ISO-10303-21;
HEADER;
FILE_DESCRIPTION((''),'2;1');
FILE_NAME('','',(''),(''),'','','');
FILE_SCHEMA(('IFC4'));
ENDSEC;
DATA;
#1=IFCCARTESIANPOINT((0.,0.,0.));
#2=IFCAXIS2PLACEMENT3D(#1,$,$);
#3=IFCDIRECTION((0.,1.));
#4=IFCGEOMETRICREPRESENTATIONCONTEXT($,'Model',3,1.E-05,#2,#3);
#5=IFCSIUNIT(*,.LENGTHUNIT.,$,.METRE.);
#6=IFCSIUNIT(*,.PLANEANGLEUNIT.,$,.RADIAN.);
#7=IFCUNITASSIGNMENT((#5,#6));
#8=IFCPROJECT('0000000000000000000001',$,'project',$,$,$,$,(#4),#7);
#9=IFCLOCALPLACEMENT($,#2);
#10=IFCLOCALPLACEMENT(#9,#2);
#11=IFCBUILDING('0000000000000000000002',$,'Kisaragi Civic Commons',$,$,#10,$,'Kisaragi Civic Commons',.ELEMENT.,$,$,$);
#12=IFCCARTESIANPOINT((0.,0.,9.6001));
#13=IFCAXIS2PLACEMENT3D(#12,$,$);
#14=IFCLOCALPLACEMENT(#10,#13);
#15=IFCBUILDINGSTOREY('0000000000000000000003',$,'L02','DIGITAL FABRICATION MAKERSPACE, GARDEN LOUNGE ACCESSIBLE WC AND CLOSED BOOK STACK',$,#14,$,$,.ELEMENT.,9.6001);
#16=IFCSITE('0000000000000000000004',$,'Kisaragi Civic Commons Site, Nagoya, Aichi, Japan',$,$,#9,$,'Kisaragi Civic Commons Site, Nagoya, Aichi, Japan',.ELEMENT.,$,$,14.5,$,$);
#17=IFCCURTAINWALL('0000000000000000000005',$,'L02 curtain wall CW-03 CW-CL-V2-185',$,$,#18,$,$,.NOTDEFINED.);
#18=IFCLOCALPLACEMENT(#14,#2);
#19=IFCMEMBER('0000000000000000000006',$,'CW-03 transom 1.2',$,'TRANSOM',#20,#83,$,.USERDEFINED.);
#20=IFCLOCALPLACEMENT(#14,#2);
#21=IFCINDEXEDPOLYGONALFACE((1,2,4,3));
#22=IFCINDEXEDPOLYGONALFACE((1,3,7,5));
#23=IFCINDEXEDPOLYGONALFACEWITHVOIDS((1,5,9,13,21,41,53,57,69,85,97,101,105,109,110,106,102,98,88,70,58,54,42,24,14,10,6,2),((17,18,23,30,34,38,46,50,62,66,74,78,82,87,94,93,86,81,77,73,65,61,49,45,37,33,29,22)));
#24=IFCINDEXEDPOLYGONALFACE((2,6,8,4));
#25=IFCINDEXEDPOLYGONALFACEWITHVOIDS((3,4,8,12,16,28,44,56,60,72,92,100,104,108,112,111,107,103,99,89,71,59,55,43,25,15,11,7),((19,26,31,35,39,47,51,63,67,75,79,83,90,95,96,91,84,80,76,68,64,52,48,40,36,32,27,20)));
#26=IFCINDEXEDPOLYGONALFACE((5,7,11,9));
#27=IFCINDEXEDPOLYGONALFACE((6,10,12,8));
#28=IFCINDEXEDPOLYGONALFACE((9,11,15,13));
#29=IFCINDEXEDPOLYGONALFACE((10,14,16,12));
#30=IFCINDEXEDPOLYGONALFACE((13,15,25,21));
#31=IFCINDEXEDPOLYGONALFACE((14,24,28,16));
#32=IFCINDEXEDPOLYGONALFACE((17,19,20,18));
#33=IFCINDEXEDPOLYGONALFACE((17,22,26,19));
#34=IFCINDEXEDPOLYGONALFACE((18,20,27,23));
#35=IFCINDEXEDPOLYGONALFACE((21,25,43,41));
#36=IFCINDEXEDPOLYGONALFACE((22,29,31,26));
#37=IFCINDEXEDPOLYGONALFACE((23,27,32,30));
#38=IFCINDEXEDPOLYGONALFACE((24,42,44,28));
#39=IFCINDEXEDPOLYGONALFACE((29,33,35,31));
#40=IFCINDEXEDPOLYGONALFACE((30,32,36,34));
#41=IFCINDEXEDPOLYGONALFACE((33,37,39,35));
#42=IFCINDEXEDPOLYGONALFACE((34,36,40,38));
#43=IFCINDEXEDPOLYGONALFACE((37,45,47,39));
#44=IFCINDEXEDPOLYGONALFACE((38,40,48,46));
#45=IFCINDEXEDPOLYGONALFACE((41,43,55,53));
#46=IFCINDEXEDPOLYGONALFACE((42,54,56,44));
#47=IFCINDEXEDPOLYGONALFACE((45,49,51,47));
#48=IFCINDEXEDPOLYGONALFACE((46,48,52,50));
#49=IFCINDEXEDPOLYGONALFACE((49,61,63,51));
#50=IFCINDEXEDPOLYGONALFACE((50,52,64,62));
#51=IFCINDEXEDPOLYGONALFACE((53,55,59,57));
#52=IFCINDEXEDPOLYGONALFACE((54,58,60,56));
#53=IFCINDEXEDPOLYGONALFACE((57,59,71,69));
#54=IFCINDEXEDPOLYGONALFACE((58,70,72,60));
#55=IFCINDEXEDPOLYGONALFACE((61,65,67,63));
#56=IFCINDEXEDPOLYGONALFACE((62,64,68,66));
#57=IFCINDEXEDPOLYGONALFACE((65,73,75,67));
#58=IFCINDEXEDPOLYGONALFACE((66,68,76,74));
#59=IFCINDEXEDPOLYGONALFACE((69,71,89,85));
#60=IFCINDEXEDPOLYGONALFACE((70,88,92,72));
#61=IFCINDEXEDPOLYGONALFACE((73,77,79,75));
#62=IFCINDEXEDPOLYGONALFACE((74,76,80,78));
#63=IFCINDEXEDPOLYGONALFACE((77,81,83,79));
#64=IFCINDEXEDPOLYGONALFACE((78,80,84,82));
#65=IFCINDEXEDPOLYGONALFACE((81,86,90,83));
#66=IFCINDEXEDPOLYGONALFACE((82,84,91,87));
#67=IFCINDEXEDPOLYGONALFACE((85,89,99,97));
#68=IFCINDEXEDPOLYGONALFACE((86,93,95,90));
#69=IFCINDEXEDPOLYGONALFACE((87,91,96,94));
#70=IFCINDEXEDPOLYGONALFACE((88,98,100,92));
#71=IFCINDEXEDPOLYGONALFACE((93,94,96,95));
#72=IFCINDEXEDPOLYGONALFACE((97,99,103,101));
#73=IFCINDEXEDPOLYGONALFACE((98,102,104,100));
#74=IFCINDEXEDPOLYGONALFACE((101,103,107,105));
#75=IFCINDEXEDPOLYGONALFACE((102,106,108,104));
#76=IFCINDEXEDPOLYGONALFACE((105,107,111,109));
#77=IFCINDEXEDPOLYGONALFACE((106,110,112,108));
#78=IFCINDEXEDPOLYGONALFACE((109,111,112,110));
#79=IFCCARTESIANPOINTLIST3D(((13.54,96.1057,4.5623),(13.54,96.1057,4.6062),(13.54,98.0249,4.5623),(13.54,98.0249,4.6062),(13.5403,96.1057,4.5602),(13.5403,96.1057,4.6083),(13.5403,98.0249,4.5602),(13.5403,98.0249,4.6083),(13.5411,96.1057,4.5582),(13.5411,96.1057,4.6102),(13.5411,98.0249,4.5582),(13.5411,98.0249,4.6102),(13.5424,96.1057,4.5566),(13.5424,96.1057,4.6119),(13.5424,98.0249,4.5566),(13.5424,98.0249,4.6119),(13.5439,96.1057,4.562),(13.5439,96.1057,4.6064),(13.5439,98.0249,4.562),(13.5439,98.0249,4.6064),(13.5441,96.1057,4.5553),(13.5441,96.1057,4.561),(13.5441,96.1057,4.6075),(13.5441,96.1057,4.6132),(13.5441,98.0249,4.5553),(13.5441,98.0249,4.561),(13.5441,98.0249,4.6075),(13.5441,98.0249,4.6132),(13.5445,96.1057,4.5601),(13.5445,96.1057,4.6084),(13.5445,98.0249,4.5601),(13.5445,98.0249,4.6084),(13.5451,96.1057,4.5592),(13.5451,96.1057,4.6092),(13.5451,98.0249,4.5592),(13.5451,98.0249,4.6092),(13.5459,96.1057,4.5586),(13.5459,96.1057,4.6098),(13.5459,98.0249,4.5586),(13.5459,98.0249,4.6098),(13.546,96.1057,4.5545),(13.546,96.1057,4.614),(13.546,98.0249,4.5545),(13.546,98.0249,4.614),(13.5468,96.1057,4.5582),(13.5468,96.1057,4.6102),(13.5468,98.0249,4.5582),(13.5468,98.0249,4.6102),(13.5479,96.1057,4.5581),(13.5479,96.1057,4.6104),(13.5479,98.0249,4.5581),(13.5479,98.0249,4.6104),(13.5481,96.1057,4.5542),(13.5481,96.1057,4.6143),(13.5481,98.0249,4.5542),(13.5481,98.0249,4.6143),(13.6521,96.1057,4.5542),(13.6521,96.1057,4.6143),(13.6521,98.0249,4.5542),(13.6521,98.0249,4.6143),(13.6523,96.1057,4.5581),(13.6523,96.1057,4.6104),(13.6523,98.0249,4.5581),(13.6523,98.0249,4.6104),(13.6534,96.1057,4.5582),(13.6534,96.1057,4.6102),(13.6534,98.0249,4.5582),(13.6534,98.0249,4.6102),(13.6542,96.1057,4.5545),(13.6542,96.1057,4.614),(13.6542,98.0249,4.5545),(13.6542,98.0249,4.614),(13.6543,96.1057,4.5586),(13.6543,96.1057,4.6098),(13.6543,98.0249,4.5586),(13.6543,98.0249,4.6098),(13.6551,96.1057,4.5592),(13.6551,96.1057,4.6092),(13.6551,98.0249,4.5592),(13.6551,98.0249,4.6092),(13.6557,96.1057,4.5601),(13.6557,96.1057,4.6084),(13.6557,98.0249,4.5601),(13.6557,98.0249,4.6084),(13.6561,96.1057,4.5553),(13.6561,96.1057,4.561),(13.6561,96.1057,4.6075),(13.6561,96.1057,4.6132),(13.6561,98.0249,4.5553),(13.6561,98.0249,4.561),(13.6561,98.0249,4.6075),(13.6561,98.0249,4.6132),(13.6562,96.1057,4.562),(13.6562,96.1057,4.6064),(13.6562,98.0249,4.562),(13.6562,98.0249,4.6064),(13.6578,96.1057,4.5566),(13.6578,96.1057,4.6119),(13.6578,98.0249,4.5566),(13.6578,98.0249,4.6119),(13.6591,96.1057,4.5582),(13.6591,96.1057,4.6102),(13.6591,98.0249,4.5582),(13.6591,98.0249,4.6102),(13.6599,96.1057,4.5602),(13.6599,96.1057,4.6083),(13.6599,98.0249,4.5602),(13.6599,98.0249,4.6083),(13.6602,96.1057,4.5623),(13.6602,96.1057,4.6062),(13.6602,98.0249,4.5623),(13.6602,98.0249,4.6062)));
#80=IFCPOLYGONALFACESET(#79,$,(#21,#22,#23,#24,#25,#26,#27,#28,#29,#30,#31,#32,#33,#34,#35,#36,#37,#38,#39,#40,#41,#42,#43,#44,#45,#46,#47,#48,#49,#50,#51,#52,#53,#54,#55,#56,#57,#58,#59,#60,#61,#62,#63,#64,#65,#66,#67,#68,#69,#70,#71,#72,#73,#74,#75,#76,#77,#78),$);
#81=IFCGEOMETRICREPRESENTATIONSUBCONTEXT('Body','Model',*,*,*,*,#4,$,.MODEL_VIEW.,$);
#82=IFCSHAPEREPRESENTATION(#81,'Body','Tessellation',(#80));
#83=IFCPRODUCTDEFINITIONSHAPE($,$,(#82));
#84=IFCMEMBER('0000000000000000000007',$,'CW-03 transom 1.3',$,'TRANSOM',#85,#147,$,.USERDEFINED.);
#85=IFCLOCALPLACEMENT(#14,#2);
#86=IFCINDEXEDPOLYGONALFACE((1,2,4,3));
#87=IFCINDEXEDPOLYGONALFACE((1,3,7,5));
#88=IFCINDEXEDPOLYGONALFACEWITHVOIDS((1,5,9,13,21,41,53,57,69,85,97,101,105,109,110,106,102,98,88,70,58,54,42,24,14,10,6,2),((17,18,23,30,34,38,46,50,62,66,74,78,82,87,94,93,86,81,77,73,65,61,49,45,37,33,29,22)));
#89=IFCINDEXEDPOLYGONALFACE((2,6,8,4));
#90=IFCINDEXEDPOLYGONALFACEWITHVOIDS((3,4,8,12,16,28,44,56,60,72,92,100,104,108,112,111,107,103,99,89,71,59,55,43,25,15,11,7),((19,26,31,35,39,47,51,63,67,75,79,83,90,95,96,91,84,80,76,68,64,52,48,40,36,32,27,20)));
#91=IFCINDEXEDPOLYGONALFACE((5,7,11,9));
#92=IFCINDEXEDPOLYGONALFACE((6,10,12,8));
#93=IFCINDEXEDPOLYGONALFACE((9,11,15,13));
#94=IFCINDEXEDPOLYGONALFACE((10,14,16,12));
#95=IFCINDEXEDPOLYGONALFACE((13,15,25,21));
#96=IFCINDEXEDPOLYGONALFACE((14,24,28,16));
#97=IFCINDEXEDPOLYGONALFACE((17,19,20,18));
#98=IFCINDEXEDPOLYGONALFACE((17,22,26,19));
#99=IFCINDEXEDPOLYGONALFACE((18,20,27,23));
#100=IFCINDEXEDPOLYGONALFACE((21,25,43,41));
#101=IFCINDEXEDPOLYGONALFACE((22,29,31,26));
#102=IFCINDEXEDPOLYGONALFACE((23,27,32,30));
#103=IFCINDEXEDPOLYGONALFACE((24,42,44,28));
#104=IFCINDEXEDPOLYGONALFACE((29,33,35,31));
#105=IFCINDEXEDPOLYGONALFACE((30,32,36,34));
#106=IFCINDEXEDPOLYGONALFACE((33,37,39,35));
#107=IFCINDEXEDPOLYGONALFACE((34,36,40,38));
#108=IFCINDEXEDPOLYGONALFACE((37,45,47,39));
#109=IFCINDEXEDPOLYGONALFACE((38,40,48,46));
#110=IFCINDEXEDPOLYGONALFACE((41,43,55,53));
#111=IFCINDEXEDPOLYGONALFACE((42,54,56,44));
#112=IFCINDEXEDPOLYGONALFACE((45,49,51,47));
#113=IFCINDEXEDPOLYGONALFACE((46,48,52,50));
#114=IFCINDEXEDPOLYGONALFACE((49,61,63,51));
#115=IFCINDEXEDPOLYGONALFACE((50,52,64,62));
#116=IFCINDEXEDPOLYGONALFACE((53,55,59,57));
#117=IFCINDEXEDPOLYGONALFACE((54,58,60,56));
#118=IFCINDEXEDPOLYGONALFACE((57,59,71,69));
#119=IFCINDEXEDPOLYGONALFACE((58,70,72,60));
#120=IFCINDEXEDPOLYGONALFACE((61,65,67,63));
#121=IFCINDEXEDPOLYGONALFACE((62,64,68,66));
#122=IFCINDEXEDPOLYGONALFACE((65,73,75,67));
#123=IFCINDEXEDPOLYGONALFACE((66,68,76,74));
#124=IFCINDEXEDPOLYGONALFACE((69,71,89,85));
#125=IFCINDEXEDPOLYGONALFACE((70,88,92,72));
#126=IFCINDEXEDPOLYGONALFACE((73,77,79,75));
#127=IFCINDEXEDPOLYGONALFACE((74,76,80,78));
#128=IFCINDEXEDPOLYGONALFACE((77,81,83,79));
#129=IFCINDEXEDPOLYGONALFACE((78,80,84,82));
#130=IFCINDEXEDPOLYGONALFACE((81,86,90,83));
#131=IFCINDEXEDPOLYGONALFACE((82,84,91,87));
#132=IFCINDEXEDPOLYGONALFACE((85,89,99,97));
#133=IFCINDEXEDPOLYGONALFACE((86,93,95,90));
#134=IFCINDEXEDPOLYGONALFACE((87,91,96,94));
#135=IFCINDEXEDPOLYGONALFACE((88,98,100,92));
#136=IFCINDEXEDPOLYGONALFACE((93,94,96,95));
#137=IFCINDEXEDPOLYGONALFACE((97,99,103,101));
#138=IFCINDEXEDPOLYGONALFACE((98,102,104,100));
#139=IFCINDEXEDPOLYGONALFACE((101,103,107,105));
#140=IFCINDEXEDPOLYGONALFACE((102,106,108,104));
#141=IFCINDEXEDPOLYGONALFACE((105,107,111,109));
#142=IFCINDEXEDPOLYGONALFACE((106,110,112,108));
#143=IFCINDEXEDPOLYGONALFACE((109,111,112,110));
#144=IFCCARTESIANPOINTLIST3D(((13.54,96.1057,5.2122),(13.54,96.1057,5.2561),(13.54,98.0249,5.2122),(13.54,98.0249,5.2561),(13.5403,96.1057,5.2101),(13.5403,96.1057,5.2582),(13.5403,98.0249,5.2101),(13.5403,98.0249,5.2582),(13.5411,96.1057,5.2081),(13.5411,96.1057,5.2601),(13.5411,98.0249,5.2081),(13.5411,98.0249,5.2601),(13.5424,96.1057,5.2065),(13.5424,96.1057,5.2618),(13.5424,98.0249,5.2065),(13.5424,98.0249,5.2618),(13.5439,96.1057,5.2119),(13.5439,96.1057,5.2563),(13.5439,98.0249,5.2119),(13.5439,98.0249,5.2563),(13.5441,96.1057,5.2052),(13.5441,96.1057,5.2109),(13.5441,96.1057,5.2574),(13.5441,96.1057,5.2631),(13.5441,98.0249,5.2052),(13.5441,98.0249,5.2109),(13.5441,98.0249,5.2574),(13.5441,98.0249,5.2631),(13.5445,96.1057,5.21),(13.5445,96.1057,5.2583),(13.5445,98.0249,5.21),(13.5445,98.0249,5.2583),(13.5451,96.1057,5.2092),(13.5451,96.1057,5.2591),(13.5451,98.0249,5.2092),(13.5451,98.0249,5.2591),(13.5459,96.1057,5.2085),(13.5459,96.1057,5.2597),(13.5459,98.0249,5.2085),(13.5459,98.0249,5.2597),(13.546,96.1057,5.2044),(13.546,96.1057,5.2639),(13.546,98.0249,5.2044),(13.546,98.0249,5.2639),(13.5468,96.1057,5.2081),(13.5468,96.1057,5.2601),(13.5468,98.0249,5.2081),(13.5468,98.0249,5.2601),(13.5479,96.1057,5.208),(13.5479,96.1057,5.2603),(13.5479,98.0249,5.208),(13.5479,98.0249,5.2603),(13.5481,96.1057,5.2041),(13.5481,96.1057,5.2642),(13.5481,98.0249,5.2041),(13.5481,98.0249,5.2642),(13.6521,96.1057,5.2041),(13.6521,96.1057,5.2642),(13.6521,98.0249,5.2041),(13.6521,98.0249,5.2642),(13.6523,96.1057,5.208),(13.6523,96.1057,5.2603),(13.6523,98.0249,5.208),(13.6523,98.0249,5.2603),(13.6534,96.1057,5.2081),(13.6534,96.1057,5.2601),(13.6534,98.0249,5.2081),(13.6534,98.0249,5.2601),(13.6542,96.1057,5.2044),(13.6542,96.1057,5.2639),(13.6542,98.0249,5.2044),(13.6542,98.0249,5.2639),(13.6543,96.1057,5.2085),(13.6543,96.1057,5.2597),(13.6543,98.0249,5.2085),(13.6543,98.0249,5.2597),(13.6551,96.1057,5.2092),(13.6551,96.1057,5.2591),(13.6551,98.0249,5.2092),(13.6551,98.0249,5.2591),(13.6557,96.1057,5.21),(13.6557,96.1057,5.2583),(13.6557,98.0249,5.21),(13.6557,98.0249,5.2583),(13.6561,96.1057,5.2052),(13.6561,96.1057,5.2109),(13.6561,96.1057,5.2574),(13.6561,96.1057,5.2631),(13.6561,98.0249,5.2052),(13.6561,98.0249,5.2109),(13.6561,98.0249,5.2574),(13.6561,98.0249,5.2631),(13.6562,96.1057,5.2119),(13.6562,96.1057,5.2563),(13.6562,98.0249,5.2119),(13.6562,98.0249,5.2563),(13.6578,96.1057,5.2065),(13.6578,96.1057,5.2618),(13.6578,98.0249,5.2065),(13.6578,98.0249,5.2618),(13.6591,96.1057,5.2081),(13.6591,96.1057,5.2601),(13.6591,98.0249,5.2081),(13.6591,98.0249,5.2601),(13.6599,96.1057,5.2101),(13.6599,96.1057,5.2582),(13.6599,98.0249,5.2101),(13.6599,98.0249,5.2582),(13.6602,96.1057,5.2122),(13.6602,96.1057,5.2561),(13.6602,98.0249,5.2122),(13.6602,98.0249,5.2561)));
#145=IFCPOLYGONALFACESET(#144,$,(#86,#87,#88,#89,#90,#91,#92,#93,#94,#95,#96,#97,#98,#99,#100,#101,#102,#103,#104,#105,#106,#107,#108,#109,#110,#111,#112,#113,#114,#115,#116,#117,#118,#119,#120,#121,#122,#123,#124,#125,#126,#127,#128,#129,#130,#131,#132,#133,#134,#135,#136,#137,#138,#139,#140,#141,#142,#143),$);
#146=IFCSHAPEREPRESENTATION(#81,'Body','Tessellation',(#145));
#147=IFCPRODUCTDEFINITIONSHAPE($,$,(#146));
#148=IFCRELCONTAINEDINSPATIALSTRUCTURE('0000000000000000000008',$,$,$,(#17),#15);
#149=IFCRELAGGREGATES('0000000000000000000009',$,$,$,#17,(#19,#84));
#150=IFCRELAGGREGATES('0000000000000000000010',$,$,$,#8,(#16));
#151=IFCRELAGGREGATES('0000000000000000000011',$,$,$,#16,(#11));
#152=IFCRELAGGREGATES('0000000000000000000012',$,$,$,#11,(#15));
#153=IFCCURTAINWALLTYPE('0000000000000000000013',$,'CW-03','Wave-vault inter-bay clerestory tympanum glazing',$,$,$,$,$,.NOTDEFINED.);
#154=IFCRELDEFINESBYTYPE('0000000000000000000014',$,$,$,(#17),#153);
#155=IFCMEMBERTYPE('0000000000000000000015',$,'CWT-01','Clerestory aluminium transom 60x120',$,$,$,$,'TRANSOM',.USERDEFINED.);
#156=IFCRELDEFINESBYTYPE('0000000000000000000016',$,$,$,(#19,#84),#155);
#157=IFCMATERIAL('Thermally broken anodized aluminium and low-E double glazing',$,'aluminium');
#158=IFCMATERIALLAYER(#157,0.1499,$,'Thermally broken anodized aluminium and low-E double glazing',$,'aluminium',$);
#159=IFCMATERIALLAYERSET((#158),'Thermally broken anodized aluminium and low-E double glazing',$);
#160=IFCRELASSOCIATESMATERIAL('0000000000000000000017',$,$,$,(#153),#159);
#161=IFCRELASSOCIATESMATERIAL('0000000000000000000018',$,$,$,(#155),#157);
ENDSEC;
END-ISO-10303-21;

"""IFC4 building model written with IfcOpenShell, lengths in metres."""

from ifc_helpers import new_model, si_unit, direction, frame, origin, origin_2d, place, context, subcontext, project, spatial, hollow_rectangle, extrude, material, layer, layer_set, material_profile, profile_set, type_object, element, aggregate, save


model = new_model("IFC4")

# Units and contexts
model_context = context("Model", 3, precision=1e-05, world=origin(), true_north=direction((0.0, 1.0)))
body_context = subcontext(model_context, "Body", "Model", "MODEL_VIEW")
ifc_project = project(units=[si_unit("LENGTHUNIT", "METRE"), si_unit("PLANEANGLEUNIT", "RADIAN")], contexts=[model_context])

# Site, building, storey
site_placement = place(None, origin())
site = spatial("IfcSite", under=ifc_project, at=site_placement, Name="Kisaragi Civic Commons Site, Nagoya, Aichi, Japan", LongName="Kisaragi Civic Commons Site, Nagoya, Aichi, Japan", CompositionType="ELEMENT", RefElevation=14.5)
building_placement = place(site_placement, origin())
building = spatial("IfcBuilding", under=site, at=building_placement, Name="Kisaragi Civic Commons", LongName="Kisaragi Civic Commons", CompositionType="ELEMENT")
storey_placement = place(building_placement, frame((0.0, 0.0, 9.6001)))
storey = spatial("IfcBuildingStorey", under=building, at=storey_placement, Name="L02", Description="DIGITAL FABRICATION MAKERSPACE, GARDEN LOUNGE ACCESSIBLE WC AND CLOSED BOOK STACK", CompositionType="ELEMENT", Elevation=9.6001)

# Curtain wall
ifc_material_1 = material(Name="Thermally broken anodized aluminium and low-E double glazing", Category="aluminium")
ifc_layer_1 = layer(ifc_material_1, 0.1499, Name="Thermally broken anodized aluminium and low-E double glazing", Category="aluminium")
ifc_layer_set_1 = layer_set([ifc_layer_1], Name="Thermally broken anodized aluminium and low-E double glazing")
curtain_wall_type = type_object("IfcCurtainWallType", Name="CW-03", Description="Wave-vault inter-bay clerestory tympanum glazing", PredefinedType="NOTDEFINED", material=ifc_layer_set_1)
curtain_wall_1_placement = place(storey_placement, origin())
curtain_wall_1 = element("IfcCurtainWall", 1, at=curtain_wall_1_placement, inside=storey, type_object=curtain_wall_type, Name="L02 curtain wall CW-03 CW-CL-V2-185", PredefinedType="NOTDEFINED")

# Members
ifc_material_profile_1 = material_profile(ifc_material_1, hollow_rectangle(XDim=0.1201, YDim=0.0601, WallThickness=0.0039, InnerFilletRadius=0.0039, OuterFilletRadius=0.0081, at=origin_2d()), Name="CWT-60x120x4", Category="aluminium")
ifc_profile_set_1 = profile_set([ifc_material_profile_1], Name="Thermally broken anodized aluminium and low-E double glazing")
member_type_1 = type_object("IfcMemberType", Name="CWT-01", Description="Clerestory aluminium transom 60x120", ElementType="TRANSOM", PredefinedType="USERDEFINED", material=ifc_profile_set_1)
member_1_placement = place(storey_placement, frame((13.6001, 96.1057, 4.5842), z_axis=(0.0, 1.0, 0.0), x_axis=(-1.0, 0.0, 0.0)))
member_1 = element("IfcMember", 2, at=member_1_placement, type_object=member_type_1, Name="CW-03 transom 1.2", ObjectType="TRANSOM", PredefinedType="USERDEFINED", context=body_context, shape_type="SweptSolid", body=[
    extrude(hollow_rectangle(XDim=0.1201, YDim=0.0601, WallThickness=0.0039, InnerFilletRadius=0.0039, OuterFilletRadius=0.0081, at=origin_2d()), origin(), (0.0, 0.0, 1.0), 1.9192),
])
member_2_placement = place(storey_placement, frame((13.6001, 96.1057, 5.2341), z_axis=(0.0, 1.0, 0.0), x_axis=(-1.0, 0.0, 0.0)))
member_2 = element("IfcMember", 3, at=member_2_placement, type_object=member_type_1, Name="CW-03 transom 1.3", ObjectType="TRANSOM", PredefinedType="USERDEFINED", context=body_context, shape_type="SweptSolid", body=[
    extrude(hollow_rectangle(XDim=0.1201, YDim=0.0601, WallThickness=0.0039, InnerFilletRadius=0.0039, OuterFilletRadius=0.0081, at=origin_2d()), origin(), (0.0, 0.0, 1.0), 1.9192),
])

aggregate(curtain_wall_1, [member_1, member_2])

save(model, "model.ifc")
